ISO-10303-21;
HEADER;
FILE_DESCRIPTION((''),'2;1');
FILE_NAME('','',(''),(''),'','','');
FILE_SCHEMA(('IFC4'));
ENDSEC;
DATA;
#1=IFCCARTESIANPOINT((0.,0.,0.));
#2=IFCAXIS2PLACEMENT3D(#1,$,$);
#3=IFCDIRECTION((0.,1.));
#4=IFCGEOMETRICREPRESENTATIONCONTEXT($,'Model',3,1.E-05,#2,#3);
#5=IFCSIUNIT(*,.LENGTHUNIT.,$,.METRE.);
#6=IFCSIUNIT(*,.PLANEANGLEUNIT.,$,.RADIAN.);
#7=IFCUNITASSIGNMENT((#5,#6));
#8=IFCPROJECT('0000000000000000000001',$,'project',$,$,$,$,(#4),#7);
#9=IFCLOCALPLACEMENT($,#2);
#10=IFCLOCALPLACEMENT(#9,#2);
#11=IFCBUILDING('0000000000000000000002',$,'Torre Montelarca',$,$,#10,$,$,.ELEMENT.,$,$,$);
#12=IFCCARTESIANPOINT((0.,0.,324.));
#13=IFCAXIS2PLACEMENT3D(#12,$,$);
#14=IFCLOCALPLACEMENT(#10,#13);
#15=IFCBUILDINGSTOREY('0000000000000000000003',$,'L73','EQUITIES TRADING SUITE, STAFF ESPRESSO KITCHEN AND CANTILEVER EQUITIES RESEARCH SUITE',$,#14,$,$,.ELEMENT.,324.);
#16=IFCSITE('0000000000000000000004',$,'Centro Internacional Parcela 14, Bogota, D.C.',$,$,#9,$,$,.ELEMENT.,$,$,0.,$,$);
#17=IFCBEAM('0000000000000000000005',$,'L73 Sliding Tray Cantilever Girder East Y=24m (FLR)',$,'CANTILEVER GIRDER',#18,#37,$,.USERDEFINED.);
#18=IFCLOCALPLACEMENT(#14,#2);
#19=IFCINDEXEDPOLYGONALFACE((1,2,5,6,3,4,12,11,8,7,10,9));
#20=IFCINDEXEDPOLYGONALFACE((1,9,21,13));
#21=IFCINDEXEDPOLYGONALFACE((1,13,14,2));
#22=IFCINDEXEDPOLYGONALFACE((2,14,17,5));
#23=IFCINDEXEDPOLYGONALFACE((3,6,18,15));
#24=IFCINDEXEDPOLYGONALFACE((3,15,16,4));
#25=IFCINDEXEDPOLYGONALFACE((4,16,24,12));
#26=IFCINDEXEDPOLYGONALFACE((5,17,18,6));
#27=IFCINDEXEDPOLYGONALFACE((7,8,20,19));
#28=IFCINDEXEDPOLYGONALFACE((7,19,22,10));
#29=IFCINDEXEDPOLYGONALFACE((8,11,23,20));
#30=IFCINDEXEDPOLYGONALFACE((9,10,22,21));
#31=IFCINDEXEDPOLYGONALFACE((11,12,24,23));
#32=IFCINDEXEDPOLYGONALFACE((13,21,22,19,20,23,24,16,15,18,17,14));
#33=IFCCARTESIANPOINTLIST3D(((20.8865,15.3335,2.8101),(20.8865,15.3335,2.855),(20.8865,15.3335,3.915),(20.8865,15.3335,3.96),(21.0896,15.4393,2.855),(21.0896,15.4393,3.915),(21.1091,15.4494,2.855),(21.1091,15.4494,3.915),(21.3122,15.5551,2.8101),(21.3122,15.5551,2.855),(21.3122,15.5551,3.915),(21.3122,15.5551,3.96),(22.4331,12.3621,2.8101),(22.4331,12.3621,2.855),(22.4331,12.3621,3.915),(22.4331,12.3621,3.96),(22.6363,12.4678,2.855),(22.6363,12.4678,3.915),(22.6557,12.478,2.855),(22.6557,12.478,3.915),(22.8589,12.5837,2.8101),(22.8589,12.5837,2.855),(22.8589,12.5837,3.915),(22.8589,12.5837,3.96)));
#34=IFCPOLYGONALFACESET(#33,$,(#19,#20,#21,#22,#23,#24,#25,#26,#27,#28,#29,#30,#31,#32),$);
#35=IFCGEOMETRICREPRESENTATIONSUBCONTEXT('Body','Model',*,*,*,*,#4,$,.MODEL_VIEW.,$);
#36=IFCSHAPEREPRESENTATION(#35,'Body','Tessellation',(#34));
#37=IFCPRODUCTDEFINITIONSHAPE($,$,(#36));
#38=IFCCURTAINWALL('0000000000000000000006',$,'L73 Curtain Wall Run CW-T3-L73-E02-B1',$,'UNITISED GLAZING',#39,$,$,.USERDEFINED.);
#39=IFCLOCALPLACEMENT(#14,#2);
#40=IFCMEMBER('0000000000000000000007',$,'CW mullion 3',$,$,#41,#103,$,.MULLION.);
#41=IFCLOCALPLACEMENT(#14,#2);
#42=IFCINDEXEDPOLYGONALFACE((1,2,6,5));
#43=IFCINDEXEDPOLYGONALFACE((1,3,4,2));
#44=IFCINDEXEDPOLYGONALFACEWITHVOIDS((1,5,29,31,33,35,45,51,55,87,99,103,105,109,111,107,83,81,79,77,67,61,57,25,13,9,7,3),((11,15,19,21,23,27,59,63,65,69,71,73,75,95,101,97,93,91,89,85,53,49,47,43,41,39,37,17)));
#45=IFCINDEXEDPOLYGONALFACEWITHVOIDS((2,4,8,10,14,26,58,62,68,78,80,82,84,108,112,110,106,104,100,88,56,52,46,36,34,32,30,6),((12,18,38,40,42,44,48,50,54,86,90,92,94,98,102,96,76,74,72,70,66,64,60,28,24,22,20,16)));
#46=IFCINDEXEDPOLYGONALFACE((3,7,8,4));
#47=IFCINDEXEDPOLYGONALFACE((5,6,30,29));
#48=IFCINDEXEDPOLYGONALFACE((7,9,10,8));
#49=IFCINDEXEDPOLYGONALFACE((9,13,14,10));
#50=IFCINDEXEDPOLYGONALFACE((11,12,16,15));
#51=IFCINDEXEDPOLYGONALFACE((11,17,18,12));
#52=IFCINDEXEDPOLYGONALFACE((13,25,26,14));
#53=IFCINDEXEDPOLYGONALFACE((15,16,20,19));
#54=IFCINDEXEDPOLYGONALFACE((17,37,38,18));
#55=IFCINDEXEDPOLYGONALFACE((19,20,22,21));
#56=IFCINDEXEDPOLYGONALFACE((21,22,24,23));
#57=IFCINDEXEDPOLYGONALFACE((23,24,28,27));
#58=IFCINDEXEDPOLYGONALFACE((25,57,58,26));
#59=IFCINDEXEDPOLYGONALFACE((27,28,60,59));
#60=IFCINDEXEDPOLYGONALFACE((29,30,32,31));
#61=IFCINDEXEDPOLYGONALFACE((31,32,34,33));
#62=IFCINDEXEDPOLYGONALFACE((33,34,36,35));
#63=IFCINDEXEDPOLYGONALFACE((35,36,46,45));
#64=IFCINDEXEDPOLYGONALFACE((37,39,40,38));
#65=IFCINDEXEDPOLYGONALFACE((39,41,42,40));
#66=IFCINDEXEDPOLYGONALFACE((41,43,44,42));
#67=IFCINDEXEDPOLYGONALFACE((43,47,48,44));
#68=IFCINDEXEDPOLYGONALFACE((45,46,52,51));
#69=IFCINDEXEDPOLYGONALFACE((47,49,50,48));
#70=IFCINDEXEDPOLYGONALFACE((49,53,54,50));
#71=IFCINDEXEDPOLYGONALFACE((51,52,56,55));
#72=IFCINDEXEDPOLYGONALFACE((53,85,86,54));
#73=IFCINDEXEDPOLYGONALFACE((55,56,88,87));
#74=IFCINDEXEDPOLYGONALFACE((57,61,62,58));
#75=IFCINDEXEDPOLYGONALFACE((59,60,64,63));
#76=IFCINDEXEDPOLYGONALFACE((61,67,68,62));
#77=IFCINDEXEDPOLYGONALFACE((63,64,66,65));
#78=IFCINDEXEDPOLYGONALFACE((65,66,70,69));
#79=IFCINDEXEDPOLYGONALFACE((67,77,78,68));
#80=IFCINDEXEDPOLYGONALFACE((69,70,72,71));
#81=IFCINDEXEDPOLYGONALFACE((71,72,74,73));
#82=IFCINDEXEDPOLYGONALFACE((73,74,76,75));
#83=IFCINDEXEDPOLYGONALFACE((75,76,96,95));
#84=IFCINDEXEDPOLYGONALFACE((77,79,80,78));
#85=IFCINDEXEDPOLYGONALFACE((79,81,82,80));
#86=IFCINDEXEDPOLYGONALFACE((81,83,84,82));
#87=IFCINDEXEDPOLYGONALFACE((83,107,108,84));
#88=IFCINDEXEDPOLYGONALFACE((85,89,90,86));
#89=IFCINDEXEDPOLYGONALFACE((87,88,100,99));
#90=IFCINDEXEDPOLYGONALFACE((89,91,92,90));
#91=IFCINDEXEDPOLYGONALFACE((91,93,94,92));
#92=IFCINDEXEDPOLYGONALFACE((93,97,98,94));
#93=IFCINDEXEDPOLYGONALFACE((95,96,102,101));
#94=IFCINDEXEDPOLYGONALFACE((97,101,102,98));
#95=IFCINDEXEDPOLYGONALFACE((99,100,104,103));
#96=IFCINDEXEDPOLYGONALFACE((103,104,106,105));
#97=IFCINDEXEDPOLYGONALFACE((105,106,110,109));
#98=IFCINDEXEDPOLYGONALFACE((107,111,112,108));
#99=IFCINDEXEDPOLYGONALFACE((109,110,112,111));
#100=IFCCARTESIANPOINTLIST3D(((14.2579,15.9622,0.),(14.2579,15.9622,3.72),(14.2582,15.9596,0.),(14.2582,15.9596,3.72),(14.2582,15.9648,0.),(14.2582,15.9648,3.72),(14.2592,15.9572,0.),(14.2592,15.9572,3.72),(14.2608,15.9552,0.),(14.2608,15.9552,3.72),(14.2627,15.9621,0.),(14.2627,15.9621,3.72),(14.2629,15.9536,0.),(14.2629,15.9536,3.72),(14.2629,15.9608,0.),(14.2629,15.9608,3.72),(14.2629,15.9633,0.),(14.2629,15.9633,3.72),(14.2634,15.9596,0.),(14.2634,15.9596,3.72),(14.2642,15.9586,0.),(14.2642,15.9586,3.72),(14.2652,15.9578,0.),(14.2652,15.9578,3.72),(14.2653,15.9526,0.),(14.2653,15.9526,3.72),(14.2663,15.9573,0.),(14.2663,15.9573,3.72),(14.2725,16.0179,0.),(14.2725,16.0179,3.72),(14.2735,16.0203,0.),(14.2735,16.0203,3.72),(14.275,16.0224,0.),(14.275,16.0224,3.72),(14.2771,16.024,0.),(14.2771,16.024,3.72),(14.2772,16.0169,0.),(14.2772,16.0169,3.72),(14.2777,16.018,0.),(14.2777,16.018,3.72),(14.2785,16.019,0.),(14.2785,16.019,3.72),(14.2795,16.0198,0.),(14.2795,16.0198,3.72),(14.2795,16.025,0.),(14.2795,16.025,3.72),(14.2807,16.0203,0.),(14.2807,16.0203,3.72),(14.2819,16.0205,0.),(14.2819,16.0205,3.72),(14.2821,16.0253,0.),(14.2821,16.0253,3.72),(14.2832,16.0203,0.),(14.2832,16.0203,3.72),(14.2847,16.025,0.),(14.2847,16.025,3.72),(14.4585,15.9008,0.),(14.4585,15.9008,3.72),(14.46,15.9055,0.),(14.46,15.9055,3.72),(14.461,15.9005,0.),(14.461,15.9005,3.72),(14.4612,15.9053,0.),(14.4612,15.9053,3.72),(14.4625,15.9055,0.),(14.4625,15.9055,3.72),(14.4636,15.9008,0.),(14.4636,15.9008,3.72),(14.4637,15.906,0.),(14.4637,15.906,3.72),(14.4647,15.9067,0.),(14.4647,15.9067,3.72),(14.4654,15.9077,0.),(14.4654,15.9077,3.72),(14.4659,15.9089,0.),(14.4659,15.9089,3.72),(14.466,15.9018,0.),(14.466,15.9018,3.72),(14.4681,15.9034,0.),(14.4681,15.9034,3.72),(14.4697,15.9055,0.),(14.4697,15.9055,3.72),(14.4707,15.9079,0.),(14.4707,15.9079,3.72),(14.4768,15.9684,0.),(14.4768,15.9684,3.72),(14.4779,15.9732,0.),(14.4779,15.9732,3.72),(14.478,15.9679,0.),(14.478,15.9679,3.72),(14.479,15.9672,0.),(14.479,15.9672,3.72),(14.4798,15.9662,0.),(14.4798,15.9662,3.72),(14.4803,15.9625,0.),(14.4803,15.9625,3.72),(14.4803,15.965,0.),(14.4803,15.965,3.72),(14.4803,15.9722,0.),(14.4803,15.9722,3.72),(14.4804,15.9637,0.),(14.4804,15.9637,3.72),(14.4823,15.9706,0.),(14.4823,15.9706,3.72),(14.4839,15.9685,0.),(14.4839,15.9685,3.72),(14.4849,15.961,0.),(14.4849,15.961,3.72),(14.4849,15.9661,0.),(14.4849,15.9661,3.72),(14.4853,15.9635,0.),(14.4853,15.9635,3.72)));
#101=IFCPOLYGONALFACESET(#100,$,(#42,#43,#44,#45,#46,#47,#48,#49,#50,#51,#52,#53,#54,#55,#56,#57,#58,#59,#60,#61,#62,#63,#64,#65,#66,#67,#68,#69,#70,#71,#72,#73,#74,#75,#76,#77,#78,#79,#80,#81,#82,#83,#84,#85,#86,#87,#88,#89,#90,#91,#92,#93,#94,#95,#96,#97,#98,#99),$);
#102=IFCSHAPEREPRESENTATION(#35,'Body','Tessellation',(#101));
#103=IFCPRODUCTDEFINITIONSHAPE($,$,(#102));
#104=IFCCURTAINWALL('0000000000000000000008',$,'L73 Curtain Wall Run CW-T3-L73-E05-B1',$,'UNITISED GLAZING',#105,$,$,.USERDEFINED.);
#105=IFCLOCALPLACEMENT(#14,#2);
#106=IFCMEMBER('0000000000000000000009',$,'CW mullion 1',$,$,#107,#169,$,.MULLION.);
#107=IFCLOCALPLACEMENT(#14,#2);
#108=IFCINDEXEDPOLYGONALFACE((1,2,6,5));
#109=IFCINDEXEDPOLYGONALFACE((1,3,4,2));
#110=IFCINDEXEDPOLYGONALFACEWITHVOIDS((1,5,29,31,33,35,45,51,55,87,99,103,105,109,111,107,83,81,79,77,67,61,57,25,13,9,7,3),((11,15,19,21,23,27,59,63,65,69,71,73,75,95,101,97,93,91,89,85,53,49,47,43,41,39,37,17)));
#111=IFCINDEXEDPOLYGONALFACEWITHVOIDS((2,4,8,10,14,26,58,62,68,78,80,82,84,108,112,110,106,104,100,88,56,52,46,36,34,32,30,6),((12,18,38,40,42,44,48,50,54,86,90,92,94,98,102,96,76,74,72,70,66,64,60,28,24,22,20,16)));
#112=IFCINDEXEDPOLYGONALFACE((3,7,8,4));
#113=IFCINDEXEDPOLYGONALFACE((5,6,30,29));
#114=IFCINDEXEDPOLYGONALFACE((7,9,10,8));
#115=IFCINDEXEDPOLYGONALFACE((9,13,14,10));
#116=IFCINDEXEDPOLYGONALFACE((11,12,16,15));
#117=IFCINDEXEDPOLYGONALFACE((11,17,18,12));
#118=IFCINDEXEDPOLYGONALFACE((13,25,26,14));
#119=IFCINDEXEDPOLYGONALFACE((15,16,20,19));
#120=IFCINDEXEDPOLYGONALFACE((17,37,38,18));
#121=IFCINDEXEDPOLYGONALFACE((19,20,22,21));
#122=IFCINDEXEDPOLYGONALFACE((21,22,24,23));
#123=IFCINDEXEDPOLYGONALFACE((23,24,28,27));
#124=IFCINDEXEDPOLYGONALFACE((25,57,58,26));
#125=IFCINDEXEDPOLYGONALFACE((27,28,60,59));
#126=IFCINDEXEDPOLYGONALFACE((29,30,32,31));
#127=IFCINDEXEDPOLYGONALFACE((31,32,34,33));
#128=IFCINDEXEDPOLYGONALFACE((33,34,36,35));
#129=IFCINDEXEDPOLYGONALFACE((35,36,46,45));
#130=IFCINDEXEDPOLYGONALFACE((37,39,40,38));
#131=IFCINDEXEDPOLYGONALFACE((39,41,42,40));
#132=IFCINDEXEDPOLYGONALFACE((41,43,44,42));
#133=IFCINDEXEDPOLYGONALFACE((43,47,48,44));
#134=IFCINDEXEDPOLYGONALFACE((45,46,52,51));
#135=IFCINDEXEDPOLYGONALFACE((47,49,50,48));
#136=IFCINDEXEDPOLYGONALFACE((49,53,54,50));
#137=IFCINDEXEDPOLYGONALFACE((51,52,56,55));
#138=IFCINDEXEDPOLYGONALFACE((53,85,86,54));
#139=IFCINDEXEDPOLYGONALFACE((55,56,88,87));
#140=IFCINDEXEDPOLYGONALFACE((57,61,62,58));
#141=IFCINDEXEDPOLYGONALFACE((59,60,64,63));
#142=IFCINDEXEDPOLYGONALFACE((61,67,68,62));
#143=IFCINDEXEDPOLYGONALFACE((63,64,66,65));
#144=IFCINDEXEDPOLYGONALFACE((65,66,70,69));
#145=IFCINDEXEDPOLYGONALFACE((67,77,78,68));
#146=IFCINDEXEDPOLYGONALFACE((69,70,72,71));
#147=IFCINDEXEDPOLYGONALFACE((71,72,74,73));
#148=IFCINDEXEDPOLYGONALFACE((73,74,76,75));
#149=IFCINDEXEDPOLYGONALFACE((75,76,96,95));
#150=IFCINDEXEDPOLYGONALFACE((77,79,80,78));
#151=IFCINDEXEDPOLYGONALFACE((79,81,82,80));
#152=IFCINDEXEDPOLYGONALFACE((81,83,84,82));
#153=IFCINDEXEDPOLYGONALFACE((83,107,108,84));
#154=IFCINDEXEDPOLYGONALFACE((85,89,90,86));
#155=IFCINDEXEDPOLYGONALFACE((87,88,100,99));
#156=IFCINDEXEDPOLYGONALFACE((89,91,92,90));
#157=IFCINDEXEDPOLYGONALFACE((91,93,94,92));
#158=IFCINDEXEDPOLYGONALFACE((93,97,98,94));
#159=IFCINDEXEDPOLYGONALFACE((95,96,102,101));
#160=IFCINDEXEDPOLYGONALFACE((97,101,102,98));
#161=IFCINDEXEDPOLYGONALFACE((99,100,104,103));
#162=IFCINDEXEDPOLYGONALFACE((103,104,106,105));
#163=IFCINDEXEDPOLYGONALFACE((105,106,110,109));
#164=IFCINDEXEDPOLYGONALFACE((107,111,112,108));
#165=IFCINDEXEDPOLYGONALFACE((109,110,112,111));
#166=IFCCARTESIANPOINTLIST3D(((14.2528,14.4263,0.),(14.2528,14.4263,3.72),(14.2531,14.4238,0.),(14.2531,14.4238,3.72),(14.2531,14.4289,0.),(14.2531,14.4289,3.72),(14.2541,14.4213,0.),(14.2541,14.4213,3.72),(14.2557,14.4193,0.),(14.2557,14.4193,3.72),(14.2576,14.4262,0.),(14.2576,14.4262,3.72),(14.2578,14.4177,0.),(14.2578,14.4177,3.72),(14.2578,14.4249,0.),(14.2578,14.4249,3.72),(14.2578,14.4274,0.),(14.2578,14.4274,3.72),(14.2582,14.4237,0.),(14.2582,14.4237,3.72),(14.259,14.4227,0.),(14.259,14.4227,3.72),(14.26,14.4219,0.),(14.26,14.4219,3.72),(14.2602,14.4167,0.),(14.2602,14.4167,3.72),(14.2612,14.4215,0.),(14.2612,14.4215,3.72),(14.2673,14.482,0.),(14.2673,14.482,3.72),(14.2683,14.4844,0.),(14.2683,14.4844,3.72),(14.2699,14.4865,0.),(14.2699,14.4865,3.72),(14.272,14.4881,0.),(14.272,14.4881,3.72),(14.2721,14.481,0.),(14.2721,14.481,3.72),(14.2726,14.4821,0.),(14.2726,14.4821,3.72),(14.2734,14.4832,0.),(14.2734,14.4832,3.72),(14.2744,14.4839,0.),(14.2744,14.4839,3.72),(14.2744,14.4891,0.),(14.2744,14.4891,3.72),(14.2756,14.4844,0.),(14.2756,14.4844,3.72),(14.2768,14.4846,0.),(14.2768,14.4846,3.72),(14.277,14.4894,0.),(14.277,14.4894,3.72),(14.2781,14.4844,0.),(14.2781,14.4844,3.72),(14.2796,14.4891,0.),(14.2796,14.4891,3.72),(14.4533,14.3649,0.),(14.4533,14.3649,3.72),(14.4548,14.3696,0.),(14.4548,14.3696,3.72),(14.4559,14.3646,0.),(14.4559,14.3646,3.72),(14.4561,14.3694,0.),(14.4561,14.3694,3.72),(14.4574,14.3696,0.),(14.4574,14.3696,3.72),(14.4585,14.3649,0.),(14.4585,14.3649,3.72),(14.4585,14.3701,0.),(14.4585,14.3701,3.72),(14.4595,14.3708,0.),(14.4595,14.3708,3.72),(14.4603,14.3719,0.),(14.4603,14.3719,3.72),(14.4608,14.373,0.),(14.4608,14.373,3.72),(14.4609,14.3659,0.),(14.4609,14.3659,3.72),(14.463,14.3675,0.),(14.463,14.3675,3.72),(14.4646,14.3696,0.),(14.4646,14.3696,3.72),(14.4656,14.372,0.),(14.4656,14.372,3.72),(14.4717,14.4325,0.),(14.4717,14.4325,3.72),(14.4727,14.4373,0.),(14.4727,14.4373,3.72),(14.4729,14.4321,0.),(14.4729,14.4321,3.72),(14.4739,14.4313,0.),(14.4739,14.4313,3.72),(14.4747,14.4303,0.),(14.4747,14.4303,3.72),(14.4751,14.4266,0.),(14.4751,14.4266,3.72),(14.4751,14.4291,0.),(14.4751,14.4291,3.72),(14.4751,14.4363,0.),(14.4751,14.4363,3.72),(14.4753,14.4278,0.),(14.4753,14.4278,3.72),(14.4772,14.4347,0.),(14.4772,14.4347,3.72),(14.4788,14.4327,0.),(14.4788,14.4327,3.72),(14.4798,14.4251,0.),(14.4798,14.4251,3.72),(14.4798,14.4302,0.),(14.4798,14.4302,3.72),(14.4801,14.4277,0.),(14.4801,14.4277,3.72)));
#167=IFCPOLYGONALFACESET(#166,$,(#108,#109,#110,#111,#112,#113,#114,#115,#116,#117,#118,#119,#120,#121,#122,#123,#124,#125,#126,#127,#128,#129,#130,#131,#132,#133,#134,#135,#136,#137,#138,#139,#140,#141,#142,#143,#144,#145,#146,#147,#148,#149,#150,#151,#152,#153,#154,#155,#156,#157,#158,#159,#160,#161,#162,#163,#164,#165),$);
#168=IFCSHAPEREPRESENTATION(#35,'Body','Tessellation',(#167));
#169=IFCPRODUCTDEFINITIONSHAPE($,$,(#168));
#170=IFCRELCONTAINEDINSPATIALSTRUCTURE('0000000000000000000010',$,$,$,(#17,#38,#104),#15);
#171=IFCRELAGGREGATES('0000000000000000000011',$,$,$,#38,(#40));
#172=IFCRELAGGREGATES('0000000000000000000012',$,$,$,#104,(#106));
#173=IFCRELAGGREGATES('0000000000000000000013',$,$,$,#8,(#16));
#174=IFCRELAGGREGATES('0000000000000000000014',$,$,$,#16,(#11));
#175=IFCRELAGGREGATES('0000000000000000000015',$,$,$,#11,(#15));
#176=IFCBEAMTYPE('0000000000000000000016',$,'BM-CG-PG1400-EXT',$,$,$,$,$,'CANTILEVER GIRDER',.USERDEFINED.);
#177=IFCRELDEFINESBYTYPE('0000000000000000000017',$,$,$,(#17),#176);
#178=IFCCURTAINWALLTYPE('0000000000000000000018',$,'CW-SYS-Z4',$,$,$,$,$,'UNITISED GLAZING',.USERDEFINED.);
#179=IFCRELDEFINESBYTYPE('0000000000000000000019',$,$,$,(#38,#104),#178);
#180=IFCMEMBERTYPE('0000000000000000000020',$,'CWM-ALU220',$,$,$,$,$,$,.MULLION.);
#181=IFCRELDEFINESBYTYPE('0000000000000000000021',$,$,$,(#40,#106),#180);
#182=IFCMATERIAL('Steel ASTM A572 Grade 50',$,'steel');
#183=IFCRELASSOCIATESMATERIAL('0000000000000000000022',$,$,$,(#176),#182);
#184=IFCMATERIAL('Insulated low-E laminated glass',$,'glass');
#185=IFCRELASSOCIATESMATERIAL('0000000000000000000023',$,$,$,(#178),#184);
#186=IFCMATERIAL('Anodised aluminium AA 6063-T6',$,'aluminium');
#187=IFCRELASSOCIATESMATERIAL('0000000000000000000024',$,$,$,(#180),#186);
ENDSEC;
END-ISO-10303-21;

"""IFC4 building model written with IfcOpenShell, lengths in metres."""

from ifc_helpers import new_model, si_unit, direction, frame, origin, origin_2d, place, context, subcontext, project, spatial, hollow_rectangle, i_section, extrude, source, transform, mapped, material, material_profile, profile_set, type_object, element, aggregate, save


model = new_model("IFC4")

# Units and contexts
model_context = context("Model", 3, precision=1e-05, world=origin(), true_north=direction((0.0, 1.0)))
body_context = subcontext(model_context, "Body", "Model", "MODEL_VIEW")
ifc_project = project(units=[si_unit("LENGTHUNIT", "METRE"), si_unit("PLANEANGLEUNIT", "RADIAN")], contexts=[model_context])

# Site, building, storey
site_placement = place(None, origin())
site = spatial("IfcSite", under=ifc_project, at=site_placement, Name="Centro Internacional Parcela 14, Bogota, D.C.", CompositionType="ELEMENT", RefElevation=0.0)
building_placement = place(site_placement, origin())
building = spatial("IfcBuilding", under=site, at=building_placement, Name="Torre Montelarca", CompositionType="ELEMENT")
storey_placement = place(building_placement, frame((0.0, 0.0, 324.0)))
storey = spatial("IfcBuildingStorey", under=building, at=storey_placement, Name="L73", Description="EQUITIES TRADING SUITE, STAFF ESPRESSO KITCHEN AND CANTILEVER EQUITIES RESEARCH SUITE", CompositionType="ELEMENT", Elevation=324.0)

# Beam
ifc_material_1 = material(Name="Steel ASTM A572 Grade 50", Category="steel")
ifc_material_profile_1 = material_profile(ifc_material_1, i_section(OverallWidth=0.48, OverallDepth=1.1499, WebThickness=0.022, FlangeThickness=0.0449, at=origin_2d()), Name="PG1150X480X22X45", Category="steel")
ifc_profile_set_1 = profile_set([ifc_material_profile_1], Name="Steel ASTM A572 Grade 50")
beam_type = type_object("IfcBeamType", Name="BM-CG-PG1400-EXT", ElementType="CANTILEVER GIRDER", PredefinedType="USERDEFINED", material=ifc_profile_set_1)
shared_shape_1 = source(origin(), body_context, "Body", "SweptSolid", [
    extrude(i_section(OverallWidth=0.48, OverallDepth=1.1499, WebThickness=0.022, FlangeThickness=0.0449, at=origin_2d()), origin(), (0.0, 0.0, 1.0), 3.3499),
])
beam_placement = place(storey_placement, frame((21.0994, 15.4443, 3.385), z_axis=(0.461702, -0.887035, 0.0), x_axis=(0.887035, 0.461702, 0.0)))
element("IfcBeam", 1, at=beam_placement, inside=storey, type_object=beam_type, Name="L73 Sliding Tray Cantilever Girder East Y=24m (FLR)", ObjectType="CANTILEVER GIRDER", PredefinedType="USERDEFINED", context=body_context, shape_type="MappedRepresentation", body=[
    mapped(shared_shape_1, transform((0.0, 0.0, 0.0), scale=1.0)),
])

# Curtain wall, member
ifc_material_2 = material(Name="Insulated low-E laminated glass", Category="glass")
curtain_wall_type = type_object("IfcCurtainWallType", Name="CW-SYS-Z4", ElementType="UNITISED GLAZING", PredefinedType="USERDEFINED", material=ifc_material_2)
curtain_wall_1_placement = place(storey_placement, origin())
curtain_wall_1 = element("IfcCurtainWall", 2, at=curtain_wall_1_placement, inside=storey, type_object=curtain_wall_type, Name="L73 Curtain Wall Run CW-T3-L73-E02-B1", ObjectType="UNITISED GLAZING", PredefinedType="USERDEFINED")
ifc_material_3 = material(Name="Anodised aluminium AA 6063-T6", Category="aluminium")
ifc_material_profile_2 = material_profile(ifc_material_3, hollow_rectangle(XDim=0.075, YDim=0.22, WallThickness=0.0049, InnerFilletRadius=0.0049, OuterFilletRadius=0.01, at=origin_2d()), Name="ALU75X220X5", Category="aluminium")
ifc_profile_set_2 = profile_set([ifc_material_profile_2], Name="Anodised aluminium AA 6063-T6")
member_type_1 = type_object("IfcMemberType", Name="CWM-ALU220", PredefinedType="MULLION", material=ifc_profile_set_2)
shared_shape_2 = source(origin(), body_context, "Body", "SweptSolid", [
    extrude(hollow_rectangle(XDim=0.075, YDim=0.22, WallThickness=0.0049, InnerFilletRadius=0.0049, OuterFilletRadius=0.01, at=origin_2d()), origin(), (0.0, 0.0, 1.0), 3.72),
])
member_1_placement = place(storey_placement, frame((14.3716, 15.9629, 0.0), z_axis=(0.0, 0.0, 1.0), x_axis=(0.25882, 0.965926, 0.0)))
member_1 = element("IfcMember", 3, at=member_1_placement, type_object=member_type_1, Name="CW mullion 3", PredefinedType="MULLION", context=body_context, shape_type="MappedRepresentation", body=[
    mapped(shared_shape_2, transform((0.0, 0.0, 0.0), scale=1.0)),
])

# Curtain wall, member
curtain_wall_2_placement = place(storey_placement, origin())
curtain_wall_2 = element("IfcCurtainWall", 4, at=curtain_wall_2_placement, inside=storey, type_object=curtain_wall_type, Name="L73 Curtain Wall Run CW-T3-L73-E05-B1", ObjectType="UNITISED GLAZING", PredefinedType="USERDEFINED")
member_2_placement = place(storey_placement, frame((14.3665, 14.427, 0.0), z_axis=(0.0, 0.0, 1.0), x_axis=(0.258815, 0.965927, 0.0)))
member_2 = element("IfcMember", 5, at=member_2_placement, type_object=member_type_1, Name="CW mullion 1", PredefinedType="MULLION", context=body_context, shape_type="MappedRepresentation", body=[
    mapped(shared_shape_2, transform((0.0, 0.0, 0.0), scale=1.0)),
])

aggregate(curtain_wall_1, [member_1])
aggregate(curtain_wall_2, [member_2])

save(model, "model.ifc")
